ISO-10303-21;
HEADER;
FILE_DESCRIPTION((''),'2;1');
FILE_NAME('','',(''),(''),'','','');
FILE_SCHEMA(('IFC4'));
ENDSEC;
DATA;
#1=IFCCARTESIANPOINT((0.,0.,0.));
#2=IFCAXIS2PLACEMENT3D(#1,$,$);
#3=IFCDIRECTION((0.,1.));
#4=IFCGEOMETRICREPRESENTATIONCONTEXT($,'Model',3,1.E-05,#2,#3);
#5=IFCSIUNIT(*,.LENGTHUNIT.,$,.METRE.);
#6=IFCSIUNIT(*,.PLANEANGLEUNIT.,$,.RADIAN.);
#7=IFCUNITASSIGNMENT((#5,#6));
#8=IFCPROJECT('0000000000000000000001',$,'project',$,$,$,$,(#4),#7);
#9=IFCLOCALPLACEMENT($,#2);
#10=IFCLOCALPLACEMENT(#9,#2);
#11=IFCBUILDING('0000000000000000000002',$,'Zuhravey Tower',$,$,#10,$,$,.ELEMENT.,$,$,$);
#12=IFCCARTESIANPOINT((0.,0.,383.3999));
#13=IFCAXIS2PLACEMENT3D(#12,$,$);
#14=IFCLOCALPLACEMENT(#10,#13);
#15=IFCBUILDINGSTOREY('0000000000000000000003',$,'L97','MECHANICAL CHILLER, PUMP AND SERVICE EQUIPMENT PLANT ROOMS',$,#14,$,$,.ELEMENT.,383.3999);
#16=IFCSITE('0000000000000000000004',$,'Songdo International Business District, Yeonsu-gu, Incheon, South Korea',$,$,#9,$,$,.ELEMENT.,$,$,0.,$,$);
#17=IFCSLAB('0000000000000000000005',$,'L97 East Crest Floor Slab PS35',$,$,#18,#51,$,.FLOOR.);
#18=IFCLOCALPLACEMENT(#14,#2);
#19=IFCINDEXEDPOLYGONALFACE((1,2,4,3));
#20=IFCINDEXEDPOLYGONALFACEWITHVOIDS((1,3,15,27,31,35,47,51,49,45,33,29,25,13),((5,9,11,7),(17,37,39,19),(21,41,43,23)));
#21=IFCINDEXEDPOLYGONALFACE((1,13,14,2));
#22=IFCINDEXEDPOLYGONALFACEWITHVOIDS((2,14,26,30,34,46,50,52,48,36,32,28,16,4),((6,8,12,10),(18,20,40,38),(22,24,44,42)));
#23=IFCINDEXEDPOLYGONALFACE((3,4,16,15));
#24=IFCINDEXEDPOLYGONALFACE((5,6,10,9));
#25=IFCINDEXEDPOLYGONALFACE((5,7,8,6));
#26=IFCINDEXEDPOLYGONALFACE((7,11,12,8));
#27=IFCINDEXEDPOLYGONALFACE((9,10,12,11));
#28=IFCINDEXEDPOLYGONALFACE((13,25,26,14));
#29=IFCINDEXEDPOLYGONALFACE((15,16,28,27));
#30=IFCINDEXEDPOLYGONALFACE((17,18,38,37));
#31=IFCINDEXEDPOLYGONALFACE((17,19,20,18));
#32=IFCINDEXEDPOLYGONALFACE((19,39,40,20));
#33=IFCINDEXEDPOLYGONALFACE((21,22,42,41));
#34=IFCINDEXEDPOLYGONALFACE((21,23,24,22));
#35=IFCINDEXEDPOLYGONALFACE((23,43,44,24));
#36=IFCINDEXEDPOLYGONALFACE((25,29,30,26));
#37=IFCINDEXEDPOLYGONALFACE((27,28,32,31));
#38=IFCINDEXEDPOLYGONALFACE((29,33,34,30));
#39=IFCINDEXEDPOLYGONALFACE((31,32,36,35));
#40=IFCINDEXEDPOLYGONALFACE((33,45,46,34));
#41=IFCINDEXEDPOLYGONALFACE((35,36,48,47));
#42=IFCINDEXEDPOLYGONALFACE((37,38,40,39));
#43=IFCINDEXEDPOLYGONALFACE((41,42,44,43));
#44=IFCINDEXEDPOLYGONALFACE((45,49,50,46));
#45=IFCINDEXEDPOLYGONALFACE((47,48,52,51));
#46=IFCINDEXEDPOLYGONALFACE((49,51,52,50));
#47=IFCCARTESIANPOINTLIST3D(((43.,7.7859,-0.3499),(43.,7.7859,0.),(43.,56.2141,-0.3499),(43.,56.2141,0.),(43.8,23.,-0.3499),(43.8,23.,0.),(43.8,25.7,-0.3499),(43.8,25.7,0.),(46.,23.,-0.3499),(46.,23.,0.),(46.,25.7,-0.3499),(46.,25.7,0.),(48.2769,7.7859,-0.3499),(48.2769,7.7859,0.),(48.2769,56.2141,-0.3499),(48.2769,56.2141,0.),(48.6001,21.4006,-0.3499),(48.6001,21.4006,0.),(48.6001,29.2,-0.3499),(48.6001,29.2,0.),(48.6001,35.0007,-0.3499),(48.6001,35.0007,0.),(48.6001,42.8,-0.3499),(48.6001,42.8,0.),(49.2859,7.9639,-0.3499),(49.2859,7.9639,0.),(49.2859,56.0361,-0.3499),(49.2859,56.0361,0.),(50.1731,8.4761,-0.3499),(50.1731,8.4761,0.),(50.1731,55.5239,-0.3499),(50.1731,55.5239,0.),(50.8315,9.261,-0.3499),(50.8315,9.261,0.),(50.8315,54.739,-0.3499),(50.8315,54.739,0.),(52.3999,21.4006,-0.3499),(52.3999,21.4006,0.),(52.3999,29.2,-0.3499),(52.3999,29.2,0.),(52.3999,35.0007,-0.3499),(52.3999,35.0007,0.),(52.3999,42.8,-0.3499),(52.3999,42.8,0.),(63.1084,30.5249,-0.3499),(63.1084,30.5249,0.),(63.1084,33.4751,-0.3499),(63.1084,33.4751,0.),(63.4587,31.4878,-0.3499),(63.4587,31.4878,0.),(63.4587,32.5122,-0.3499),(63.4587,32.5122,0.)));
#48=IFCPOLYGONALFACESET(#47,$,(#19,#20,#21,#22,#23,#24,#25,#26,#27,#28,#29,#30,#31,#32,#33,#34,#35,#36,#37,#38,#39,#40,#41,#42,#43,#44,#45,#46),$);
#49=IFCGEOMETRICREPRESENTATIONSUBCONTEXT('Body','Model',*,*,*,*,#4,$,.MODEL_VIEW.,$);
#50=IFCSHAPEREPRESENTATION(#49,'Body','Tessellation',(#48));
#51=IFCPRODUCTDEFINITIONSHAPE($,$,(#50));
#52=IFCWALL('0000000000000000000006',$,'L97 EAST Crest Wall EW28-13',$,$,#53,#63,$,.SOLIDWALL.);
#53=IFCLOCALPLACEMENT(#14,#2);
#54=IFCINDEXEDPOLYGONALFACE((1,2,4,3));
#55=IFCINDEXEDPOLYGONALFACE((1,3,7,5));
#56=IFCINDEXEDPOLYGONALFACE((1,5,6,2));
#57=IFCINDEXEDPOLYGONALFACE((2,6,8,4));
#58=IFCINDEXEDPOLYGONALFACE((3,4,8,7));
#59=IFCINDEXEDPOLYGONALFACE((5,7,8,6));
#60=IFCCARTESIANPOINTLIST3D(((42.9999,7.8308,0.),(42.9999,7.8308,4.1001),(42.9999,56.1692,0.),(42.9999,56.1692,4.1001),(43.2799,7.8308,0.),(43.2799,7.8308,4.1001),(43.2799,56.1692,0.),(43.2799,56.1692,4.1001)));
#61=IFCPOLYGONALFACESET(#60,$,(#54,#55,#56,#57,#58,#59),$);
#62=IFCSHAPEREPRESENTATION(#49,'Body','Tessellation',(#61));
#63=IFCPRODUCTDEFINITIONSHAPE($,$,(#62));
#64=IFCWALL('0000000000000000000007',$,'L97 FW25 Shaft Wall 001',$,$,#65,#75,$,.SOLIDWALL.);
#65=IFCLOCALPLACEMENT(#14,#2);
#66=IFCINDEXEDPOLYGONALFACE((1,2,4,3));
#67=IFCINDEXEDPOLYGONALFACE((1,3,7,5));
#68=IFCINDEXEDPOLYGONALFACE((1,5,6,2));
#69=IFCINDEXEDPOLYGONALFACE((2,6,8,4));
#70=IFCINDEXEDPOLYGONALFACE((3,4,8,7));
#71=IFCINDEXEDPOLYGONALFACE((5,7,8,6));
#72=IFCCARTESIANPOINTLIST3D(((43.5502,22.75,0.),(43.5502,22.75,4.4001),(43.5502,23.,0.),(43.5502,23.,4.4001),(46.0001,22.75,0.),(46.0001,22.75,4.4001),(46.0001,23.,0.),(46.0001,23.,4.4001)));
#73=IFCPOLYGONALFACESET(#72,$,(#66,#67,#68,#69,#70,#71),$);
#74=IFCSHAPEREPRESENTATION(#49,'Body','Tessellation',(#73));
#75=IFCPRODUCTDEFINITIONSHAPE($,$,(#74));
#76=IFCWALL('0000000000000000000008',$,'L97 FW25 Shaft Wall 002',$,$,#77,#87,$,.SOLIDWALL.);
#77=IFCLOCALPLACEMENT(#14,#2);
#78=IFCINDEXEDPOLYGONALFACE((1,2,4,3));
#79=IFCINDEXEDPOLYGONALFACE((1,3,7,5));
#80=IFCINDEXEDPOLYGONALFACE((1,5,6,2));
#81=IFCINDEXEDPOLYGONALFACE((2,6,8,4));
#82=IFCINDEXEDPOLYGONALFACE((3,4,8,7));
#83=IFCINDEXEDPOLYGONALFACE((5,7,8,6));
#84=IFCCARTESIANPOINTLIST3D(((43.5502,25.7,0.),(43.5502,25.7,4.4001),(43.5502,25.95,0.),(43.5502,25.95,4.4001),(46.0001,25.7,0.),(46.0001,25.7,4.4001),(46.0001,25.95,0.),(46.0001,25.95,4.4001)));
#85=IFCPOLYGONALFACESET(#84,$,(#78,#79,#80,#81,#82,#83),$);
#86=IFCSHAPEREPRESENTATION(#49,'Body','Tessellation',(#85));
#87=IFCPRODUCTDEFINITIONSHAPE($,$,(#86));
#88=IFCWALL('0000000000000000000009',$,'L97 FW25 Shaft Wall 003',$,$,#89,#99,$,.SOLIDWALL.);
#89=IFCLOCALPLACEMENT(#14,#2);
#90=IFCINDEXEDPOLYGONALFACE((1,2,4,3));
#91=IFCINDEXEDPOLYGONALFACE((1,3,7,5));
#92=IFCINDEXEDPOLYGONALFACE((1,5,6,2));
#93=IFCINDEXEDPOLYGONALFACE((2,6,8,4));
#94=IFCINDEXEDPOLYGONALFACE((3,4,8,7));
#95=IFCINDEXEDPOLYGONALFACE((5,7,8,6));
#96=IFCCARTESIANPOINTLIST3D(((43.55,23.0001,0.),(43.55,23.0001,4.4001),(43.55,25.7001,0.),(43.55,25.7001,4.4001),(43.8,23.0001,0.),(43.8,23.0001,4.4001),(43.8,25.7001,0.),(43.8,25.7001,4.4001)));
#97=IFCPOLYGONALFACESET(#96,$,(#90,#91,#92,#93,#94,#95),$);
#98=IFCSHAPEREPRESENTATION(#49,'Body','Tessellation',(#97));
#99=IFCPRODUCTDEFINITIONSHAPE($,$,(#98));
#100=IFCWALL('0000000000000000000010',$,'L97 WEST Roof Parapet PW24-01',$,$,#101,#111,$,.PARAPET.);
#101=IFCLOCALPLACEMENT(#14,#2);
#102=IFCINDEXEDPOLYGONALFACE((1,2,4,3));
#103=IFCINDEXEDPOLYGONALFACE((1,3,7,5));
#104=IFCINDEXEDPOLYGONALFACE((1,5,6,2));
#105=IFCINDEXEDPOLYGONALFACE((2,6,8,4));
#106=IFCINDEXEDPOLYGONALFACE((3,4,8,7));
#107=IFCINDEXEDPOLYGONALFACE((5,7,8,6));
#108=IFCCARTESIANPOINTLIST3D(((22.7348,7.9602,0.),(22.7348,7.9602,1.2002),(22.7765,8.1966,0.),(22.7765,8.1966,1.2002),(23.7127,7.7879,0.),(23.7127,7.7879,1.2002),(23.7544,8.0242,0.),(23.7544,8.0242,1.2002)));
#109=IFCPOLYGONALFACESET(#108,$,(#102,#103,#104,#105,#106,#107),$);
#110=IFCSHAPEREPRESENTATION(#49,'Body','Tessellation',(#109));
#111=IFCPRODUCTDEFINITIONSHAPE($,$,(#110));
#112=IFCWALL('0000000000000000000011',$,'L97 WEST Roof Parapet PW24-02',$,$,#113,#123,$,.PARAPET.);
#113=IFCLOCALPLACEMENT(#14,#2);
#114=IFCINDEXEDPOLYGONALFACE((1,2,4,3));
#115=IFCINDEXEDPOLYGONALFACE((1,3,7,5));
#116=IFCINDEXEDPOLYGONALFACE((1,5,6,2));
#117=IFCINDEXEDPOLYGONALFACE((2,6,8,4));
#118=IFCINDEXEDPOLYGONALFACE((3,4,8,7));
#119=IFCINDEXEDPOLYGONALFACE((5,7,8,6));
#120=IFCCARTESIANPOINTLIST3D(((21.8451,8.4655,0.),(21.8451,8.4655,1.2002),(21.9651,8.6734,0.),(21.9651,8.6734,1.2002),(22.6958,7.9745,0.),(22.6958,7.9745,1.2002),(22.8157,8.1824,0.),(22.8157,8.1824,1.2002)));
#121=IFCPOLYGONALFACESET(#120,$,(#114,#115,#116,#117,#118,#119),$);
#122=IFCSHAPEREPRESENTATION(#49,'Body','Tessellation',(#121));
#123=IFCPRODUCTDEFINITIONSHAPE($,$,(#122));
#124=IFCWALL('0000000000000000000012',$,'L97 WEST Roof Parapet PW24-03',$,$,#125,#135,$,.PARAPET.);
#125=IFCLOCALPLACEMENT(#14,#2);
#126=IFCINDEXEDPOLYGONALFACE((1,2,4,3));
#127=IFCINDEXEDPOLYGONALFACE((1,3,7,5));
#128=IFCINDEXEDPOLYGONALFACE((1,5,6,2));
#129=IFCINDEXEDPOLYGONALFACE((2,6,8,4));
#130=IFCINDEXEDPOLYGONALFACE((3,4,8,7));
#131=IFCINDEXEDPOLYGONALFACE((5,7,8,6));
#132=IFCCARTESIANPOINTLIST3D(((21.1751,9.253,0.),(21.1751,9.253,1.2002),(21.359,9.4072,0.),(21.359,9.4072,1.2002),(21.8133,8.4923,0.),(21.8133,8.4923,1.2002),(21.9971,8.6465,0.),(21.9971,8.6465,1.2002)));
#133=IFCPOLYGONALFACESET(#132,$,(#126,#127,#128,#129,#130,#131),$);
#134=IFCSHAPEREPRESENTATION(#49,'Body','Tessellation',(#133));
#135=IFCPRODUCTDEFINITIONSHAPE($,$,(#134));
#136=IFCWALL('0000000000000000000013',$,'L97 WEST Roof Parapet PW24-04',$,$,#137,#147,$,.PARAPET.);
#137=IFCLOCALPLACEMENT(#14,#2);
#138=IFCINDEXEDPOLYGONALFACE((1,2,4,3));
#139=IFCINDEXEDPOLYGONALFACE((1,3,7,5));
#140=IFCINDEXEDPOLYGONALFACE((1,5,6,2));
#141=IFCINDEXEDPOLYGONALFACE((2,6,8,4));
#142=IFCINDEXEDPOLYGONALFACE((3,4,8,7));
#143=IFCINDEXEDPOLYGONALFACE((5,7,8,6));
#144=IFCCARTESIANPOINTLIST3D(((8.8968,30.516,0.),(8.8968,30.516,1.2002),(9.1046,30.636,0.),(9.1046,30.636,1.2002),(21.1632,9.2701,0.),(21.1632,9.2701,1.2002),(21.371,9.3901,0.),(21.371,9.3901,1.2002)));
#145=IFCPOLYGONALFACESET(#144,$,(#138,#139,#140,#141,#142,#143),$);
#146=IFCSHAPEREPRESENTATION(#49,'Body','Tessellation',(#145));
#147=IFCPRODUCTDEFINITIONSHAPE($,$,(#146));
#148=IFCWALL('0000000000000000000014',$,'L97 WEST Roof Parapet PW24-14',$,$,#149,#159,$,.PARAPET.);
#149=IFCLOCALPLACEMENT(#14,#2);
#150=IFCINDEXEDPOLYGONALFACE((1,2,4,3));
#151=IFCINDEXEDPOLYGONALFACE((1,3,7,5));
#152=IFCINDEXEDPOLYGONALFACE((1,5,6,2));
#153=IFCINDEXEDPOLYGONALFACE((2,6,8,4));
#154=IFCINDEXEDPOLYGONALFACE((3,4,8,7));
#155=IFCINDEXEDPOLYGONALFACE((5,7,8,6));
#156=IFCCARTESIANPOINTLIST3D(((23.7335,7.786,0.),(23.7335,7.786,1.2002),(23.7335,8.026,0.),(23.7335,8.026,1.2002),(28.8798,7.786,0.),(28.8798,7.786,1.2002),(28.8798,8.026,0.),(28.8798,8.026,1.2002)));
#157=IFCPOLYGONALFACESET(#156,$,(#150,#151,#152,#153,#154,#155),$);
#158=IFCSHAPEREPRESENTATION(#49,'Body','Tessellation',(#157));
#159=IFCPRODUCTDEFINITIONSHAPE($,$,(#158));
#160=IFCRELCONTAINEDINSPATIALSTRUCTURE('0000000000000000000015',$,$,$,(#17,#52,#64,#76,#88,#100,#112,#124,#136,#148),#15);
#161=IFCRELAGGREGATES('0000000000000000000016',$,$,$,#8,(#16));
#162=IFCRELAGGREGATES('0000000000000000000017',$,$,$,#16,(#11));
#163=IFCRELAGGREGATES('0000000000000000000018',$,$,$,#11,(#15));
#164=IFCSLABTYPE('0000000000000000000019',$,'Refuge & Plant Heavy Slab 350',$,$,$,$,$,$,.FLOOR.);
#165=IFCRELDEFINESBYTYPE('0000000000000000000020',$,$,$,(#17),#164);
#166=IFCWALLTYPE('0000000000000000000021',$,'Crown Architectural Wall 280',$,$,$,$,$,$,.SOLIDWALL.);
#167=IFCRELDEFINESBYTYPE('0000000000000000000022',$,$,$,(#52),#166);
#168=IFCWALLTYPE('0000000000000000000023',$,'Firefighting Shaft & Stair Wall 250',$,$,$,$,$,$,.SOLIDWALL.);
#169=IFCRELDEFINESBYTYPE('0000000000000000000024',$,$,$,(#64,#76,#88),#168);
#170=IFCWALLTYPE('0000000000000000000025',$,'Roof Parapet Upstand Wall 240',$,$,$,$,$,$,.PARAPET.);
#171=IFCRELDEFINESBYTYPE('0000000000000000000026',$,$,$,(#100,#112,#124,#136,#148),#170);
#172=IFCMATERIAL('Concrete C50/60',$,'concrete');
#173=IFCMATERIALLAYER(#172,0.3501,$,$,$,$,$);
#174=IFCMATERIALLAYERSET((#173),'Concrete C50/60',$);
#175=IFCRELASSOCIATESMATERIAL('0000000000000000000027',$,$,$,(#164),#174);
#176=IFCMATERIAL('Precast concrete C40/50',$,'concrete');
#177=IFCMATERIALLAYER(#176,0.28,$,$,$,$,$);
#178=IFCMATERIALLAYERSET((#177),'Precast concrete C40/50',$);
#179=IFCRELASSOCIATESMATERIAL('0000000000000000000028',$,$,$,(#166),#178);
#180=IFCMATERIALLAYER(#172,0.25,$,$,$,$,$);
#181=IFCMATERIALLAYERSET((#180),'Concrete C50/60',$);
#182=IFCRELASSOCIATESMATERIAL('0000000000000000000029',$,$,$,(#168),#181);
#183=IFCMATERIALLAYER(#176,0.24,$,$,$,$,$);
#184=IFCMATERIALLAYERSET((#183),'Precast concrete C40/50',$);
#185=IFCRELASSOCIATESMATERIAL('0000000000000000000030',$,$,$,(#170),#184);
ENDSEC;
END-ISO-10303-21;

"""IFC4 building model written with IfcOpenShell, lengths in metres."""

from ifc_helpers import new_model, si_unit, direction, frame, frame_2d, origin, place, context, subcontext, project, spatial, polyline, rectangle, outline, extrude, material, layer, layer_set, type_object, element, save


model = new_model("IFC4")

# Units and contexts
model_context = context("Model", 3, precision=1e-05, world=origin(), true_north=direction((0.0, 1.0)))
body_context = subcontext(model_context, "Body", "Model", "MODEL_VIEW")
ifc_project = project(units=[si_unit("LENGTHUNIT", "METRE"), si_unit("PLANEANGLEUNIT", "RADIAN")], contexts=[model_context])

# Site, building, storey
site_placement = place(None, origin())
site = spatial("IfcSite", under=ifc_project, at=site_placement, Name="Songdo International Business District, Yeonsu-gu, Incheon, South Korea", CompositionType="ELEMENT", RefElevation=0.0)
building_placement = place(site_placement, origin())
building = spatial("IfcBuilding", under=site, at=building_placement, Name="Zuhravey Tower", CompositionType="ELEMENT")
storey_placement = place(building_placement, frame((0.0, 0.0, 383.3999)))
storey = spatial("IfcBuildingStorey", under=building, at=storey_placement, Name="L97", Description="MECHANICAL CHILLER, PUMP AND SERVICE EQUIPMENT PLANT ROOMS", CompositionType="ELEMENT", Elevation=383.3999)

# Slab
ifc_material_1 = material(Name="Concrete C50/60", Category="concrete")
ifc_layer_1 = layer(ifc_material_1, 0.3501)
ifc_layer_set_1 = layer_set([ifc_layer_1], Name="Concrete C50/60")
slab_type_1 = type_object("IfcSlabType", Name="Refuge & Plant Heavy Slab 350", PredefinedType="FLOOR", material=ifc_layer_set_1)
slab_1_placement = place(storey_placement, frame((0.0, 0.0, -0.3499)))
element("IfcSlab", 1, at=slab_1_placement, inside=storey, type_object=slab_type_1, Name="L97 East Crest Floor Slab PS35", PredefinedType="FLOOR", context=body_context, shape_type="SweptSolid", body=[
    extrude(outline(polyline([(48.2769, 56.2141), (49.2859, 56.0361), (50.1731, 55.5239), (50.8315, 54.739), (63.1084, 33.4751), (63.4587, 32.5122), (63.4587, 31.4878), (63.1084, 30.5249), (50.8315, 9.261), (50.1731, 8.4761), (49.2859, 7.9639), (48.2769, 7.7859), (43.0, 7.7859), (43.0, 56.2141), (48.2769, 56.2141)]), holes=[polyline([(52.3999, 21.4006), (52.3999, 29.2), (48.6001, 29.2), (48.6001, 21.4006), (52.3999, 21.4006)]), polyline([(52.3999, 35.0007), (52.3999, 42.8), (48.6001, 42.8), (48.6001, 35.0007), (52.3999, 35.0007)]), polyline([(43.8, 23.0), (46.0, 23.0), (46.0, 25.7), (43.8, 25.7), (43.8, 23.0)])]), origin(), (0.0, 0.0, 1.0), 0.3499),
])

# Walls
ifc_material_2 = material(Name="Precast concrete C40/50", Category="concrete")
ifc_layer_2 = layer(ifc_material_2, 0.28)
ifc_layer_set_2 = layer_set([ifc_layer_2], Name="Precast concrete C40/50")
wall_type_1 = type_object("IfcWallType", Name="Crown Architectural Wall 280", PredefinedType="SOLIDWALL", material=ifc_layer_set_2)
wall_1_placement = place(storey_placement, frame((43.1399, 7.8308, 0.0), z_axis=(0.0, 0.0, 1.0), x_axis=(0.0, 1.0, 0.0)))
element("IfcWall", 2, at=wall_1_placement, inside=storey, type_object=wall_type_1, Name="L97 EAST Crest Wall EW28-13", PredefinedType="SOLIDWALL", context=body_context, shape_type="SweptSolid", body=[
    extrude(rectangle(XDim=48.3384, YDim=0.28, at=frame_2d((24.1692, 0.0))), origin(), (0.0, 0.0, 1.0), 4.1001),
])
ifc_layer_3 = layer(ifc_material_1, 0.25)
ifc_layer_set_3 = layer_set([ifc_layer_3], Name="Concrete C50/60")
wall_type_2 = type_object("IfcWallType", Name="Firefighting Shaft & Stair Wall 250", PredefinedType="SOLIDWALL", material=ifc_layer_set_3)
for number, where, z_axis, x_axis, name in (
    (3, (43.55, 22.875, 0.0), (0.0, 0.0, 1.0), (1.0, 0.0, 0.0), "L97 FW25 Shaft Wall 001"),
    (4, (43.55, 25.825, 0.0), (0.0, 0.0, 1.0), (1.0, 0.0, 0.0), "L97 FW25 Shaft Wall 002"),
):
    element("IfcWall", number, at=place(storey_placement, frame(where, z_axis=z_axis, x_axis=x_axis)), inside=storey, type_object=wall_type_2, Name=name, PredefinedType="SOLIDWALL", context=body_context, shape_type="SweptSolid", body=[
        extrude(rectangle(XDim=2.45, YDim=0.25, at=frame_2d((1.2251, 0.0))), origin(), (0.0, 0.0, 1.0), 4.4001),
    ])
wall_2_placement = place(storey_placement, frame((43.675, 23.0, 0.0), z_axis=(0.0, 0.0, 1.0), x_axis=(0.0, 1.0, 0.0)))
element("IfcWall", 5, at=wall_2_placement, inside=storey, type_object=wall_type_2, Name="L97 FW25 Shaft Wall 003", PredefinedType="SOLIDWALL", context=body_context, shape_type="SweptSolid", body=[
    extrude(rectangle(XDim=2.7, YDim=0.25, at=frame_2d((1.3501, 0.0))), origin(), (0.0, 0.0, 1.0), 4.4001),
])
ifc_layer_4 = layer(ifc_material_2, 0.24)
ifc_layer_set_4 = layer_set([ifc_layer_4], Name="Precast concrete C40/50")
wall_type_3 = type_object("IfcWallType", Name="Roof Parapet Upstand Wall 240", PredefinedType="PARAPET", material=ifc_layer_set_4)
wall_3_placement = place(storey_placement, frame((23.7336, 7.906, 0.0), z_axis=(0.0, 0.0, 1.0), x_axis=(-0.984816, 0.173603, 0.0)))
element("IfcWall", 6, at=wall_3_placement, inside=storey, type_object=wall_type_3, Name="L97 WEST Roof Parapet PW24-01", PredefinedType="PARAPET", context=body_context, shape_type="SweptSolid", body=[
    extrude(rectangle(XDim=0.9929, YDim=0.24, at=frame_2d((0.4966, 0.0))), origin(), (0.0, 0.0, 1.0), 1.2002),
])
wall_4_placement = place(storey_placement, frame((22.7559, 8.0784, 0.0), z_axis=(0.0, 0.0, 1.0), x_axis=(-0.866078, 0.499909, 0.0)))
element("IfcWall", 7, at=wall_4_placement, inside=storey, type_object=wall_type_3, Name="L97 WEST Roof Parapet PW24-02", PredefinedType="PARAPET", context=body_context, shape_type="SweptSolid", body=[
    extrude(rectangle(XDim=0.9822, YDim=0.24, at=frame_2d((0.4912, 0.0))), origin(), (0.0, 0.0, 1.0), 1.2002),
])
wall_5_placement = place(storey_placement, frame((21.9053, 8.5693, 0.0), z_axis=(0.0, 0.0, 1.0), x_axis=(-0.642696, 0.766121, 0.0)))
element("IfcWall", 8, at=wall_5_placement, inside=storey, type_object=wall_type_3, Name="L97 WEST Roof Parapet PW24-03", PredefinedType="PARAPET", context=body_context, shape_type="SweptSolid", body=[
    extrude(rectangle(XDim=0.9929, YDim=0.24, at=frame_2d((0.4966, 0.0))), origin(), (0.0, 0.0, 1.0), 1.2002),
])
wall_6_placement = place(storey_placement, frame((21.2671, 9.3301, 0.0), z_axis=(0.0, 0.0, 1.0), x_axis=(-0.500002, 0.866024, 0.0)))
element("IfcWall", 9, at=wall_6_placement, inside=storey, type_object=wall_type_3, Name="L97 WEST Roof Parapet PW24-04", PredefinedType="PARAPET", context=body_context, shape_type="SweptSolid", body=[
    extrude(rectangle(XDim=24.5327, YDim=0.24, at=frame_2d((12.2664, 0.0))), origin(), (0.0, 0.0, 1.0), 1.2002),
])
wall_7_placement = place(storey_placement, frame((28.8799, 7.906, 0.0), z_axis=(0.0, 0.0, 1.0), x_axis=(-1.0, 0.0, 0.0)))
element("IfcWall", 10, at=wall_7_placement, inside=storey, type_object=wall_type_3, Name="L97 WEST Roof Parapet PW24-14", PredefinedType="PARAPET", context=body_context, shape_type="SweptSolid", body=[
    extrude(rectangle(XDim=5.1462, YDim=0.24, at=frame_2d((2.5732, 0.0))), origin(), (0.0, 0.0, 1.0), 1.2002),
])

save(model, "model.ifc")
